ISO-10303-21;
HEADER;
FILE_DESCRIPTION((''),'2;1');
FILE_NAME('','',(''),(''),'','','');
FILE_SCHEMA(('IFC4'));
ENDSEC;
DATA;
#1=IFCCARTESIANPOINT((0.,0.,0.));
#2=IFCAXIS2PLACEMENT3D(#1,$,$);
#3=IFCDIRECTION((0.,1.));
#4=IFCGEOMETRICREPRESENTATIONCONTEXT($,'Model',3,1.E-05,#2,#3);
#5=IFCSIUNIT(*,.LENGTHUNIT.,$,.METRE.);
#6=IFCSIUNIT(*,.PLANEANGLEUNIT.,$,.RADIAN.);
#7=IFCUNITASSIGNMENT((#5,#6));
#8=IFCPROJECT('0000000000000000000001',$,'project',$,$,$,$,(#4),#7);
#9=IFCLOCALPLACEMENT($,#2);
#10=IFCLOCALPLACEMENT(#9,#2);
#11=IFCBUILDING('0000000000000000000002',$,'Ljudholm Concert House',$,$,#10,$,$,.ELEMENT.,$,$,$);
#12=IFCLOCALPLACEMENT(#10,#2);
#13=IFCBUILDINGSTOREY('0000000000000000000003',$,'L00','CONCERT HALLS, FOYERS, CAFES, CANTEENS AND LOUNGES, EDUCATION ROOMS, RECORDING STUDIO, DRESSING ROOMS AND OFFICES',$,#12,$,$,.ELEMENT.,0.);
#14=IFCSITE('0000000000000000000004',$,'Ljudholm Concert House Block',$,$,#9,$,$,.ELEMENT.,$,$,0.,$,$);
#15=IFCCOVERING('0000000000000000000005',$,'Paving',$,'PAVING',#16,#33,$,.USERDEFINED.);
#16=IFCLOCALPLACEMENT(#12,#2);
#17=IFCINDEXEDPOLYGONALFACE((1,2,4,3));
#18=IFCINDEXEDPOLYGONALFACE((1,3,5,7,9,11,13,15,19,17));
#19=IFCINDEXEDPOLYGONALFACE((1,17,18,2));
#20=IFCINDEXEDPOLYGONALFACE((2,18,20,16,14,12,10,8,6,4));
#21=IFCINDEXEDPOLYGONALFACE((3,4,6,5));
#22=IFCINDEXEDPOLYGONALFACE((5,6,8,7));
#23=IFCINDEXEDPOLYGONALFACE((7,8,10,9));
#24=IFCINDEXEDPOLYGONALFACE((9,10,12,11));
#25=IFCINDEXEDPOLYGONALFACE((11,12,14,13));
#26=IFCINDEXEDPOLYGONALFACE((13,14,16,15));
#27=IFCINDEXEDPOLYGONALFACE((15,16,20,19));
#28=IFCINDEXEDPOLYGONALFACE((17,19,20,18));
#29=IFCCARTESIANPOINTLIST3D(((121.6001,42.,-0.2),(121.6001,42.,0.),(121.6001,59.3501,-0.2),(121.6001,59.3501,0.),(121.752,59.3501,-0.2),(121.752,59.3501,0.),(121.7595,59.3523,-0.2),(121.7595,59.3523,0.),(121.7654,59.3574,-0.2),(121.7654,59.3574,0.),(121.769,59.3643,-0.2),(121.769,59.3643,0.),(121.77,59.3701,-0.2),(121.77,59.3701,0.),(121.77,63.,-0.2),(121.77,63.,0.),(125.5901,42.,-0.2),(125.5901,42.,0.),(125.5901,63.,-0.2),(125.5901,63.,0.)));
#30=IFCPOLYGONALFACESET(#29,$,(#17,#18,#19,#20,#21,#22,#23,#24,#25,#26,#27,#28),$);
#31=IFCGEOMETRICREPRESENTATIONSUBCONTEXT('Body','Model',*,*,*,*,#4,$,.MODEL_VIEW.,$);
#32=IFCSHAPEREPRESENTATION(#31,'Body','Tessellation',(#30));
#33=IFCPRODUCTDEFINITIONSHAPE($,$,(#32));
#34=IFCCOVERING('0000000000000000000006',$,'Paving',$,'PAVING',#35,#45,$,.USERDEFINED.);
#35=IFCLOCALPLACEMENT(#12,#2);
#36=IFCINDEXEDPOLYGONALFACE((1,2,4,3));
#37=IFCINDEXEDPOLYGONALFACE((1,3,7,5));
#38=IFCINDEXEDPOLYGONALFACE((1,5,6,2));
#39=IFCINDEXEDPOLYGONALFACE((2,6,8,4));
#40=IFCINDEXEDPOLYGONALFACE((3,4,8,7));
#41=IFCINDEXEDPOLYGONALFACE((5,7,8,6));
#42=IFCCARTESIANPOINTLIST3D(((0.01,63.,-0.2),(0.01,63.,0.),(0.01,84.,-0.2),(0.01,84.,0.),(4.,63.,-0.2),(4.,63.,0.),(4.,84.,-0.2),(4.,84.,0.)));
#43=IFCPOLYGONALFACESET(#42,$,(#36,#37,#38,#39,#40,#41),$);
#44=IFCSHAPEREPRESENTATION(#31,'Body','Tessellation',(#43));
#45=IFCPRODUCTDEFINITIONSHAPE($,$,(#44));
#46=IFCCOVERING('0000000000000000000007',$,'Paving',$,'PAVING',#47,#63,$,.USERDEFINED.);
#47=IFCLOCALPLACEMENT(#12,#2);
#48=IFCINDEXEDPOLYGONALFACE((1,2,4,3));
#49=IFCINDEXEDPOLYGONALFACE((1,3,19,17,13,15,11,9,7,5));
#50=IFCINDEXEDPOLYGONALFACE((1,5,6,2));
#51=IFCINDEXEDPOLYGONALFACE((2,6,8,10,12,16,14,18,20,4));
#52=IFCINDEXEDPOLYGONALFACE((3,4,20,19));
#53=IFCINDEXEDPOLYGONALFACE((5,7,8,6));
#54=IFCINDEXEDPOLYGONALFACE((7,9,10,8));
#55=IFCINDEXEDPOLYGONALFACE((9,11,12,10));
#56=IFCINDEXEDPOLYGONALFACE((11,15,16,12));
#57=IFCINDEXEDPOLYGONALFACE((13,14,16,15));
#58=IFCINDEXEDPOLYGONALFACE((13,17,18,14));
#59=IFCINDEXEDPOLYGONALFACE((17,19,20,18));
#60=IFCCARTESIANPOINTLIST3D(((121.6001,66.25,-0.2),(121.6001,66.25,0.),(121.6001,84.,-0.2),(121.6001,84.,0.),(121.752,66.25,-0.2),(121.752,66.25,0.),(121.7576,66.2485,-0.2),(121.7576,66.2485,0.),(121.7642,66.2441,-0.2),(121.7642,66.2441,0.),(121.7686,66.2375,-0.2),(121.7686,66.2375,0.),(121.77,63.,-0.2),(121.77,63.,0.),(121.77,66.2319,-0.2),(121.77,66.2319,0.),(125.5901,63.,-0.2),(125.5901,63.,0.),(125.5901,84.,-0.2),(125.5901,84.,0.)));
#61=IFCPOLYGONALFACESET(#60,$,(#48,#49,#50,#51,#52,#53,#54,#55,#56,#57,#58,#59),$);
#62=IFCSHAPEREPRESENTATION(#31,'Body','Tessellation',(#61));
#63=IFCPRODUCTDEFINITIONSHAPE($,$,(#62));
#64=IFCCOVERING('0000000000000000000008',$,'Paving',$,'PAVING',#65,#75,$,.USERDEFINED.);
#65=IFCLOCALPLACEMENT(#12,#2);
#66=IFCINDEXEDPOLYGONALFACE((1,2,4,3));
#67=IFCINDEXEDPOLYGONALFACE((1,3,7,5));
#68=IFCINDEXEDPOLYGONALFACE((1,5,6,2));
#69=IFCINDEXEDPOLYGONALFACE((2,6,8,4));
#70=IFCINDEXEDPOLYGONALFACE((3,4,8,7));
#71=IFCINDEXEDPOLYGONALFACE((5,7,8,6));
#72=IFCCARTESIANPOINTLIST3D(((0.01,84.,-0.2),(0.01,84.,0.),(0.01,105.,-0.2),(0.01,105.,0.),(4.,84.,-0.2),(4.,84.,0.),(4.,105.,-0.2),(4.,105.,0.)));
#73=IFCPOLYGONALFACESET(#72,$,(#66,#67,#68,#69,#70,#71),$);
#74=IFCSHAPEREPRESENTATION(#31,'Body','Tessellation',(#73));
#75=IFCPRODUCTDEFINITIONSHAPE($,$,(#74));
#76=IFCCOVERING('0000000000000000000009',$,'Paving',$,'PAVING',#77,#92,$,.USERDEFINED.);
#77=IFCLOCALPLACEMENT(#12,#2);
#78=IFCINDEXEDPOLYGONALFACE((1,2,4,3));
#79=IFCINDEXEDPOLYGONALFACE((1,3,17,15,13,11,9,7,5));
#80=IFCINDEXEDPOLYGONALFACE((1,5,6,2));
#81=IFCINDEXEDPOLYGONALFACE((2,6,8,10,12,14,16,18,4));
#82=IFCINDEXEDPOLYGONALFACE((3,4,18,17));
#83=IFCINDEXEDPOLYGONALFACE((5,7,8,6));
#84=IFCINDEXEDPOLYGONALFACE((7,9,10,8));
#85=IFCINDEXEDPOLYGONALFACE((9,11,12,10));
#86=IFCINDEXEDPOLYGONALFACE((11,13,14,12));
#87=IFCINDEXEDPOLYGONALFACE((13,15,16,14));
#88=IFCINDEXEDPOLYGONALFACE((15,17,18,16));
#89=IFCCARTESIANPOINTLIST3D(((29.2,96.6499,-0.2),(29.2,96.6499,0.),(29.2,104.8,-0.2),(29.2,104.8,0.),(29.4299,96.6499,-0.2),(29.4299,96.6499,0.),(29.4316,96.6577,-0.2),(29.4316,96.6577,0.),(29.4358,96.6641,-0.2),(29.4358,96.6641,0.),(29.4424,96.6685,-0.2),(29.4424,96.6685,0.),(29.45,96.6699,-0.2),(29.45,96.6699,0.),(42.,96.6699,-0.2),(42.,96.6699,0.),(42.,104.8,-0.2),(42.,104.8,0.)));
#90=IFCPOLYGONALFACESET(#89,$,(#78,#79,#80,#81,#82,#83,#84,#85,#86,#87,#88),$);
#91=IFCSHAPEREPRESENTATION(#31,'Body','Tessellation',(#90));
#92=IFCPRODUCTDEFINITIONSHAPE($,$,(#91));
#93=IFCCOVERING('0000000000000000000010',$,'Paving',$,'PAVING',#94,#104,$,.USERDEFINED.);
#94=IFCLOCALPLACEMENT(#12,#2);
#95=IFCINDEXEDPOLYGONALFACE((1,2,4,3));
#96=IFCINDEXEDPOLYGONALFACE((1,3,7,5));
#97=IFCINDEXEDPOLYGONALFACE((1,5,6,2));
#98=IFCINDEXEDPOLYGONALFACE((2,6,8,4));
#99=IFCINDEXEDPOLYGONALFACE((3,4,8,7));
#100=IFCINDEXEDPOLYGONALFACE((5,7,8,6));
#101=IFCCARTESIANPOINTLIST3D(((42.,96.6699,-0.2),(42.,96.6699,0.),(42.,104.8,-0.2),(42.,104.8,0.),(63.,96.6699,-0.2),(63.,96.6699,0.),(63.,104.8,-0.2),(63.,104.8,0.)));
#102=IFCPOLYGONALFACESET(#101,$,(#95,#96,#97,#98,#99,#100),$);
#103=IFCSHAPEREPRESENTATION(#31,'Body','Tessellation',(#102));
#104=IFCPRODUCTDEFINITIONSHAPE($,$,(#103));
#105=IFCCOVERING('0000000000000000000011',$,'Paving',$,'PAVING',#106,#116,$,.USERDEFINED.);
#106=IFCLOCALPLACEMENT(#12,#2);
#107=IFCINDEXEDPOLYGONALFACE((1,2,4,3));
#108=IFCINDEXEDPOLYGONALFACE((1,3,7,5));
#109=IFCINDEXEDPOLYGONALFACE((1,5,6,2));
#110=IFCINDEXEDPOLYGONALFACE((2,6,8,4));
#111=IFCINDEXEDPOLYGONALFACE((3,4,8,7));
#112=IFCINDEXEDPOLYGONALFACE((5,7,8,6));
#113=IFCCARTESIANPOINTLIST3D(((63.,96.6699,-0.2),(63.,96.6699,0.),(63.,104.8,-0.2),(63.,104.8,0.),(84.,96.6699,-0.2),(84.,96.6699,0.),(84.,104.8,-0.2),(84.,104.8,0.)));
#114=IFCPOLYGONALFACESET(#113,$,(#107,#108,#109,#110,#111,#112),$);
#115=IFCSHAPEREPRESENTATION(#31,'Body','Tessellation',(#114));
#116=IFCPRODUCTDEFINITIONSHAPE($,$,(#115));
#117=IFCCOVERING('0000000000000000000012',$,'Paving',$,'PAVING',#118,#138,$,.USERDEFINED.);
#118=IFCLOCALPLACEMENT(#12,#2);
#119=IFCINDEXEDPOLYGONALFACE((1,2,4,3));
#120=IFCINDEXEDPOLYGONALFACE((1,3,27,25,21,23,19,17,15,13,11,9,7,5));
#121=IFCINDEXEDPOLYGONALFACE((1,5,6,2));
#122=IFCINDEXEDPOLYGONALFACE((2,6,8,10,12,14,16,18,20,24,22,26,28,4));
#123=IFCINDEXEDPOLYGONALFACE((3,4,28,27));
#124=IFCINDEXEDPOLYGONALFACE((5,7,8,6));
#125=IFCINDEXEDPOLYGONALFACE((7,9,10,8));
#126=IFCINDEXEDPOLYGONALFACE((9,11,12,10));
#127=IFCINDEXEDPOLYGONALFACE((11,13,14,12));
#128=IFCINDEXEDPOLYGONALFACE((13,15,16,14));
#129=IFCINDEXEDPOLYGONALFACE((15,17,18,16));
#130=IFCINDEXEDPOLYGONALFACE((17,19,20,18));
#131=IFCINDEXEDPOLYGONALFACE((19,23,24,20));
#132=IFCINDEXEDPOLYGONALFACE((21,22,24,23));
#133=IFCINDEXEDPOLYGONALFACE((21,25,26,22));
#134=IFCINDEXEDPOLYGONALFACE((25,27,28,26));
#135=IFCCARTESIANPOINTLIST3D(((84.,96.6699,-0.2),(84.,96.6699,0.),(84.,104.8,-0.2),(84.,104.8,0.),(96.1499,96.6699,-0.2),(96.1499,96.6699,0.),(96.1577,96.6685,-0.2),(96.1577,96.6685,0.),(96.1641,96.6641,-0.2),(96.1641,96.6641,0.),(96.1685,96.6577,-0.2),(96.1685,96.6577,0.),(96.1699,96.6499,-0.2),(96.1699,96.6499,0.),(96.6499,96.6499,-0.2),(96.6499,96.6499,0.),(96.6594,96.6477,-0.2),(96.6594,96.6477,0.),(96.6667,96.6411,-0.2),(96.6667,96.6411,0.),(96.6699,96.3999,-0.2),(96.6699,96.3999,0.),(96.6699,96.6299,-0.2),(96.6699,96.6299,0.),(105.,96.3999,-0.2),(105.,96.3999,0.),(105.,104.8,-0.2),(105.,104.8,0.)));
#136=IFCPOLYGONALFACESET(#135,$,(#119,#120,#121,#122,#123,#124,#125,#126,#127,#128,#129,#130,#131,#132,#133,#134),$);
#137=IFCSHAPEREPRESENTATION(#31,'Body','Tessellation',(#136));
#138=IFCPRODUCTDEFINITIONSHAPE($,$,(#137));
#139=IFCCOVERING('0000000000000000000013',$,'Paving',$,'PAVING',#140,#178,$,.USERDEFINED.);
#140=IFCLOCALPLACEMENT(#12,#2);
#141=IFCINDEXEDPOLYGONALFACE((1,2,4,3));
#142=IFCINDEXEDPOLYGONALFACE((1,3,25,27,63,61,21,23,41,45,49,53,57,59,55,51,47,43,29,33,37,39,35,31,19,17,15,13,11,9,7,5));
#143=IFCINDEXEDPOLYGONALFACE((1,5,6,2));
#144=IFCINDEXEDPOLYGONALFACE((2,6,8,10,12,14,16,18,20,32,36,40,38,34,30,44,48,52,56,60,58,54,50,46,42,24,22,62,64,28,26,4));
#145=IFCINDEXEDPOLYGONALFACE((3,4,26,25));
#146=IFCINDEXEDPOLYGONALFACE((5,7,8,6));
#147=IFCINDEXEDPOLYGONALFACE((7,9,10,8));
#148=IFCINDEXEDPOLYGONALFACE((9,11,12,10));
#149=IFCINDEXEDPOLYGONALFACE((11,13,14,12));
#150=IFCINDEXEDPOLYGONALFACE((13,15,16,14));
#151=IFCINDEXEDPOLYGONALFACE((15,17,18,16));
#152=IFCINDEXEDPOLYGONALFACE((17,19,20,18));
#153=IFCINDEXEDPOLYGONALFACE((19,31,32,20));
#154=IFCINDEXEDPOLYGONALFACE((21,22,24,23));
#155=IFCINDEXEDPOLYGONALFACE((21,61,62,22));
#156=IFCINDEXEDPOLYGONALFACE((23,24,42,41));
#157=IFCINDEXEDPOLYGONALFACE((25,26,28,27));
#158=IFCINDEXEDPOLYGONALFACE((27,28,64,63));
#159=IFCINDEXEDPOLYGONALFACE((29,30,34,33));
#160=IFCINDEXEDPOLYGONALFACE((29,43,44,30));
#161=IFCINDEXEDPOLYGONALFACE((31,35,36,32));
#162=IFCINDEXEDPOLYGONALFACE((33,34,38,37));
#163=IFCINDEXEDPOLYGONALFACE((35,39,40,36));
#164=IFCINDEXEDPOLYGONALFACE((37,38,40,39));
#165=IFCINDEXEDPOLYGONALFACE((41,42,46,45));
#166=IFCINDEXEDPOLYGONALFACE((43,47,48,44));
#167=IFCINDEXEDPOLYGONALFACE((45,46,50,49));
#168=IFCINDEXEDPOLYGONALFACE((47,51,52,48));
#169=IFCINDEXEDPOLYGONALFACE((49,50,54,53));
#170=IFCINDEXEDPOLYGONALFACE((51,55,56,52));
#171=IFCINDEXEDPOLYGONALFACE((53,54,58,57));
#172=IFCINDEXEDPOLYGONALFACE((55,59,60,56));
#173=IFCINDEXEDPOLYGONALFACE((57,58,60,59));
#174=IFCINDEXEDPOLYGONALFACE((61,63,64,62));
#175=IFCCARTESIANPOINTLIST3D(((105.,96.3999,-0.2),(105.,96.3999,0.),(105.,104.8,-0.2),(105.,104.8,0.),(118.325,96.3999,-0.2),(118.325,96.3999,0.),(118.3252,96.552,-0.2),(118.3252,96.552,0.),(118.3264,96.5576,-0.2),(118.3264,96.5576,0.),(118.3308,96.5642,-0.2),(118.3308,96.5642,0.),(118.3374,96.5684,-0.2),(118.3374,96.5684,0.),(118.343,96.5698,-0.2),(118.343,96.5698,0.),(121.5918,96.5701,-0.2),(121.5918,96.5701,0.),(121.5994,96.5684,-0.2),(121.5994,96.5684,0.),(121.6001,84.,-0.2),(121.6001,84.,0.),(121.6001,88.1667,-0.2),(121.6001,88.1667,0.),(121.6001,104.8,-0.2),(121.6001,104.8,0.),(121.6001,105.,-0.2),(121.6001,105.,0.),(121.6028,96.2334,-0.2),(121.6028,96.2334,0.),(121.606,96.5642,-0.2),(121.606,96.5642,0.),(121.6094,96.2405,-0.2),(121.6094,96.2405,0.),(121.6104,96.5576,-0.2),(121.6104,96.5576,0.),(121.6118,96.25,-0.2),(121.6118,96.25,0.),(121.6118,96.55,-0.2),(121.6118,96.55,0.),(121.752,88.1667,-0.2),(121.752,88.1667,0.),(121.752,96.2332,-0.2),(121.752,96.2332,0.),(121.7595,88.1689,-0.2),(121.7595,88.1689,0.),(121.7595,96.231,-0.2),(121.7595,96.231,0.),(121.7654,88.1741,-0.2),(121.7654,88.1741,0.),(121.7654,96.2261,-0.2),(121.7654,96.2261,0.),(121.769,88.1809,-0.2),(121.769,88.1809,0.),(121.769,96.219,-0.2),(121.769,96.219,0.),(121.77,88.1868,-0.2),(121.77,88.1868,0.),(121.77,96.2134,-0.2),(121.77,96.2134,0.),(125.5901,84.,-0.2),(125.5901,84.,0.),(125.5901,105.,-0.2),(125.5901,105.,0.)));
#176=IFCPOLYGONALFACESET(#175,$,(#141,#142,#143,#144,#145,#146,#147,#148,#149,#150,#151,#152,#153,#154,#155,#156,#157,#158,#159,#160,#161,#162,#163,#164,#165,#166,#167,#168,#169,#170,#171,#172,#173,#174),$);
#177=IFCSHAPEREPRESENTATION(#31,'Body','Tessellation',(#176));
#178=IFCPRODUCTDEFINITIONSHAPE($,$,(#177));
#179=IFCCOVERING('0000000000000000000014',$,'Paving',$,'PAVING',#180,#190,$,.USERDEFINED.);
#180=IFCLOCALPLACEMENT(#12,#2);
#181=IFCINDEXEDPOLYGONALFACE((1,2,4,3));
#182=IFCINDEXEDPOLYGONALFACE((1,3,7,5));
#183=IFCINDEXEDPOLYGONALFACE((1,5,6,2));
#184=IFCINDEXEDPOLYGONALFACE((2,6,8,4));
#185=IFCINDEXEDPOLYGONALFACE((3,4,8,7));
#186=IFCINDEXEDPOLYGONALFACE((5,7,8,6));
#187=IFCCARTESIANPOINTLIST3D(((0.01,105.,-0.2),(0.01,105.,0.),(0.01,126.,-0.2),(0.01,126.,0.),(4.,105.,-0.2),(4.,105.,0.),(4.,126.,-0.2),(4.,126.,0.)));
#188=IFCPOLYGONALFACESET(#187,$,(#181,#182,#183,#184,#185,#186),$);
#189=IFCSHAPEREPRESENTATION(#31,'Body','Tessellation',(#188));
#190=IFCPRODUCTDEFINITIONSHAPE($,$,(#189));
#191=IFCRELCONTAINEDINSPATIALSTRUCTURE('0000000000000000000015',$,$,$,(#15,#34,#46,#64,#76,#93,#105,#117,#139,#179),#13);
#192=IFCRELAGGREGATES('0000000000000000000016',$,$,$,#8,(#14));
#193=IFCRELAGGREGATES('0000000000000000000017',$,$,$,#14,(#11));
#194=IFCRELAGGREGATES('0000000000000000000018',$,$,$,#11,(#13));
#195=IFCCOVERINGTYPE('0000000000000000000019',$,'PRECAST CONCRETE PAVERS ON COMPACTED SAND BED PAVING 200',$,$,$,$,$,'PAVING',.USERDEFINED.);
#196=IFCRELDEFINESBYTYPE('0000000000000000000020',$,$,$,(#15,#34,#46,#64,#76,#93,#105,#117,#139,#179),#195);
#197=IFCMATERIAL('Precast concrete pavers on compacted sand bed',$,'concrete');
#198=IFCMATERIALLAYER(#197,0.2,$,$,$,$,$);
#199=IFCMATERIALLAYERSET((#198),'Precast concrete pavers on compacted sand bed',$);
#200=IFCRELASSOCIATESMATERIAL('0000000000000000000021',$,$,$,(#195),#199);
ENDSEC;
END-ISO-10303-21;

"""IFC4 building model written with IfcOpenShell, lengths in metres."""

from ifc_helpers import new_model, si_unit, direction, frame, origin, place, context, subcontext, project, spatial, polyline, outline, extrude, material, layer, layer_set, type_object, element, save


model = new_model("IFC4")

# Units and contexts
model_context = context("Model", 3, precision=1e-05, world=origin(), true_north=direction((0.0, 1.0)))
body_context = subcontext(model_context, "Body", "Model", "MODEL_VIEW")
ifc_project = project(units=[si_unit("LENGTHUNIT", "METRE"), si_unit("PLANEANGLEUNIT", "RADIAN")], contexts=[model_context])

# Site, building, storey
site_placement = place(None, origin())
site = spatial("IfcSite", under=ifc_project, at=site_placement, Name="Ljudholm Concert House Block", CompositionType="ELEMENT", RefElevation=0.0)
building_placement = place(site_placement, origin())
building = spatial("IfcBuilding", under=site, at=building_placement, Name="Ljudholm Concert House", CompositionType="ELEMENT")
storey_placement = place(building_placement, origin())
storey = spatial("IfcBuildingStorey", under=building, at=storey_placement, Name="L00", Description="CONCERT HALLS, FOYERS, CAFES, CANTEENS AND LOUNGES, EDUCATION ROOMS, RECORDING STUDIO, DRESSING ROOMS AND OFFICES", CompositionType="ELEMENT", Elevation=0.0)

# Coverings
ifc_material = material(Name="Precast concrete pavers on compacted sand bed", Category="concrete")
ifc_layer = layer(ifc_material, 0.2)
ifc_layer_set = layer_set([ifc_layer], Name="Precast concrete pavers on compacted sand bed")
covering_type = type_object("IfcCoveringType", Name="PRECAST CONCRETE PAVERS ON COMPACTED SAND BED PAVING 200", ElementType="PAVING", PredefinedType="USERDEFINED", material=ifc_layer_set)
covering_1_placement = place(storey_placement, frame((0.0, 0.0, -0.2)))
element("IfcCovering", 1, at=covering_1_placement, inside=storey, type_object=covering_type, Name="Paving", ObjectType="PAVING", PredefinedType="USERDEFINED", context=body_context, shape_type="SweptSolid", body=[
    extrude(outline(polyline([(125.5901, 42.0), (121.6001, 42.0), (121.6001, 59.3501), (121.752, 59.3501), (121.7595, 59.3523), (121.7654, 59.3574), (121.769, 59.3643), (121.77, 59.3701), (121.77, 63.0), (125.5901, 63.0), (125.5901, 42.0)])), origin(), (0.0, 0.0, 1.0), 0.2),
])
covering_2_placement = place(storey_placement, frame((0.0, 0.0, -0.2)))
element("IfcCovering", 2, at=covering_2_placement, inside=storey, type_object=covering_type, Name="Paving", ObjectType="PAVING", PredefinedType="USERDEFINED", context=body_context, shape_type="SweptSolid", body=[
    extrude(outline(polyline([(0.01, 84.0), (4.0, 84.0), (4.0, 63.0), (0.01, 63.0), (0.01, 84.0)])), origin(), (0.0, 0.0, 1.0), 0.2),
])
covering_3_placement = place(storey_placement, frame((0.0, 0.0, -0.2)))
element("IfcCovering", 3, at=covering_3_placement, inside=storey, type_object=covering_type, Name="Paving", ObjectType="PAVING", PredefinedType="USERDEFINED", context=body_context, shape_type="SweptSolid", body=[
    extrude(outline(polyline([(125.5901, 63.0), (121.77, 63.0), (121.77, 66.2319), (121.7686, 66.2375), (121.7642, 66.2441), (121.7576, 66.2485), (121.752, 66.25), (121.6001, 66.25), (121.6001, 84.0), (125.5901, 84.0), (125.5901, 63.0)])), origin(), (0.0, 0.0, 1.0), 0.2),
])
covering_4_placement = place(storey_placement, frame((0.0, 0.0, -0.2)))
element("IfcCovering", 4, at=covering_4_placement, inside=storey, type_object=covering_type, Name="Paving", ObjectType="PAVING", PredefinedType="USERDEFINED", context=body_context, shape_type="SweptSolid", body=[
    extrude(outline(polyline([(0.01, 105.0), (4.0, 105.0), (4.0, 84.0), (0.01, 84.0), (0.01, 105.0)])), origin(), (0.0, 0.0, 1.0), 0.2),
])
covering_5_placement = place(storey_placement, frame((0.0, 0.0, -0.2)))
element("IfcCovering", 5, at=covering_5_placement, inside=storey, type_object=covering_type, Name="Paving", ObjectType="PAVING", PredefinedType="USERDEFINED", context=body_context, shape_type="SweptSolid", body=[
    extrude(outline(polyline([(29.45, 96.6699), (29.4424, 96.6685), (29.4358, 96.6641), (29.4316, 96.6577), (29.4299, 96.6499), (29.2, 96.6499), (29.2, 104.8), (42.0, 104.8), (42.0, 96.6699), (29.45, 96.6699)])), origin(), (0.0, 0.0, 1.0), 0.2),
])
covering_6_placement = place(storey_placement, frame((0.0, 0.0, -0.2)))
element("IfcCovering", 6, at=covering_6_placement, inside=storey, type_object=covering_type, Name="Paving", ObjectType="PAVING", PredefinedType="USERDEFINED", context=body_context, shape_type="SweptSolid", body=[
    extrude(outline(polyline([(42.0, 96.6699), (42.0, 104.8), (63.0, 104.8), (63.0, 96.6699), (42.0, 96.6699)])), origin(), (0.0, 0.0, 1.0), 0.2),
])
covering_7_placement = place(storey_placement, frame((0.0, 0.0, -0.2)))
element("IfcCovering", 7, at=covering_7_placement, inside=storey, type_object=covering_type, Name="Paving", ObjectType="PAVING", PredefinedType="USERDEFINED", context=body_context, shape_type="SweptSolid", body=[
    extrude(outline(polyline([(63.0, 96.6699), (63.0, 104.8), (84.0, 104.8), (84.0, 96.6699), (63.0, 96.6699)])), origin(), (0.0, 0.0, 1.0), 0.2),
])
covering_8_placement = place(storey_placement, frame((0.0, 0.0, -0.2)))
element("IfcCovering", 8, at=covering_8_placement, inside=storey, type_object=covering_type, Name="Paving", ObjectType="PAVING", PredefinedType="USERDEFINED", context=body_context, shape_type="SweptSolid", body=[
    extrude(outline(polyline([(96.6699, 96.3999), (96.6699, 96.6299), (96.6667, 96.6411), (96.6594, 96.6477), (96.6499, 96.6499), (96.1699, 96.6499), (96.1685, 96.6577), (96.1641, 96.6641), (96.1577, 96.6685), (96.1499, 96.6699), (84.0, 96.6699), (84.0, 104.8), (105.0, 104.8), (105.0, 96.3999), (96.6699, 96.3999)])), origin(), (0.0, 0.0, 1.0), 0.2),
])
covering_9_placement = place(storey_placement, frame((0.0, 0.0, -0.2)))
element("IfcCovering", 9, at=covering_9_placement, inside=storey, type_object=covering_type, Name="Paving", ObjectType="PAVING", PredefinedType="USERDEFINED", context=body_context, shape_type="SweptSolid", body=[
    extrude(outline(polyline([(125.5901, 84.0), (121.6001, 84.0), (121.6001, 88.1667), (121.752, 88.1667), (121.7595, 88.1689), (121.7654, 88.1741), (121.769, 88.1809), (121.77, 88.1868), (121.77, 96.2134), (121.769, 96.219), (121.7654, 96.2261), (121.7595, 96.231), (121.752, 96.2332), (121.6028, 96.2334), (121.6094, 96.2405), (121.6118, 96.25), (121.6118, 96.55), (121.6104, 96.5576), (121.606, 96.5642), (121.5994, 96.5684), (121.5918, 96.5701), (118.343, 96.5698), (118.3374, 96.5684), (118.3308, 96.5642), (118.3264, 96.5576), (118.3252, 96.552), (118.325, 96.3999), (105.0, 96.3999), (105.0, 104.8), (121.6001, 104.8), (121.6001, 105.0), (125.5901, 105.0), (125.5901, 84.0)])), origin(), (0.0, 0.0, 1.0), 0.2),
])
covering_10_placement = place(storey_placement, frame((0.0, 0.0, -0.2)))
element("IfcCovering", 10, at=covering_10_placement, inside=storey, type_object=covering_type, Name="Paving", ObjectType="PAVING", PredefinedType="USERDEFINED", context=body_context, shape_type="SweptSolid", body=[
    extrude(outline(polyline([(0.01, 126.0), (4.0, 126.0), (4.0, 105.0), (0.01, 105.0), (0.01, 126.0)])), origin(), (0.0, 0.0, 1.0), 0.2),
])

save(model, "model.ifc")
